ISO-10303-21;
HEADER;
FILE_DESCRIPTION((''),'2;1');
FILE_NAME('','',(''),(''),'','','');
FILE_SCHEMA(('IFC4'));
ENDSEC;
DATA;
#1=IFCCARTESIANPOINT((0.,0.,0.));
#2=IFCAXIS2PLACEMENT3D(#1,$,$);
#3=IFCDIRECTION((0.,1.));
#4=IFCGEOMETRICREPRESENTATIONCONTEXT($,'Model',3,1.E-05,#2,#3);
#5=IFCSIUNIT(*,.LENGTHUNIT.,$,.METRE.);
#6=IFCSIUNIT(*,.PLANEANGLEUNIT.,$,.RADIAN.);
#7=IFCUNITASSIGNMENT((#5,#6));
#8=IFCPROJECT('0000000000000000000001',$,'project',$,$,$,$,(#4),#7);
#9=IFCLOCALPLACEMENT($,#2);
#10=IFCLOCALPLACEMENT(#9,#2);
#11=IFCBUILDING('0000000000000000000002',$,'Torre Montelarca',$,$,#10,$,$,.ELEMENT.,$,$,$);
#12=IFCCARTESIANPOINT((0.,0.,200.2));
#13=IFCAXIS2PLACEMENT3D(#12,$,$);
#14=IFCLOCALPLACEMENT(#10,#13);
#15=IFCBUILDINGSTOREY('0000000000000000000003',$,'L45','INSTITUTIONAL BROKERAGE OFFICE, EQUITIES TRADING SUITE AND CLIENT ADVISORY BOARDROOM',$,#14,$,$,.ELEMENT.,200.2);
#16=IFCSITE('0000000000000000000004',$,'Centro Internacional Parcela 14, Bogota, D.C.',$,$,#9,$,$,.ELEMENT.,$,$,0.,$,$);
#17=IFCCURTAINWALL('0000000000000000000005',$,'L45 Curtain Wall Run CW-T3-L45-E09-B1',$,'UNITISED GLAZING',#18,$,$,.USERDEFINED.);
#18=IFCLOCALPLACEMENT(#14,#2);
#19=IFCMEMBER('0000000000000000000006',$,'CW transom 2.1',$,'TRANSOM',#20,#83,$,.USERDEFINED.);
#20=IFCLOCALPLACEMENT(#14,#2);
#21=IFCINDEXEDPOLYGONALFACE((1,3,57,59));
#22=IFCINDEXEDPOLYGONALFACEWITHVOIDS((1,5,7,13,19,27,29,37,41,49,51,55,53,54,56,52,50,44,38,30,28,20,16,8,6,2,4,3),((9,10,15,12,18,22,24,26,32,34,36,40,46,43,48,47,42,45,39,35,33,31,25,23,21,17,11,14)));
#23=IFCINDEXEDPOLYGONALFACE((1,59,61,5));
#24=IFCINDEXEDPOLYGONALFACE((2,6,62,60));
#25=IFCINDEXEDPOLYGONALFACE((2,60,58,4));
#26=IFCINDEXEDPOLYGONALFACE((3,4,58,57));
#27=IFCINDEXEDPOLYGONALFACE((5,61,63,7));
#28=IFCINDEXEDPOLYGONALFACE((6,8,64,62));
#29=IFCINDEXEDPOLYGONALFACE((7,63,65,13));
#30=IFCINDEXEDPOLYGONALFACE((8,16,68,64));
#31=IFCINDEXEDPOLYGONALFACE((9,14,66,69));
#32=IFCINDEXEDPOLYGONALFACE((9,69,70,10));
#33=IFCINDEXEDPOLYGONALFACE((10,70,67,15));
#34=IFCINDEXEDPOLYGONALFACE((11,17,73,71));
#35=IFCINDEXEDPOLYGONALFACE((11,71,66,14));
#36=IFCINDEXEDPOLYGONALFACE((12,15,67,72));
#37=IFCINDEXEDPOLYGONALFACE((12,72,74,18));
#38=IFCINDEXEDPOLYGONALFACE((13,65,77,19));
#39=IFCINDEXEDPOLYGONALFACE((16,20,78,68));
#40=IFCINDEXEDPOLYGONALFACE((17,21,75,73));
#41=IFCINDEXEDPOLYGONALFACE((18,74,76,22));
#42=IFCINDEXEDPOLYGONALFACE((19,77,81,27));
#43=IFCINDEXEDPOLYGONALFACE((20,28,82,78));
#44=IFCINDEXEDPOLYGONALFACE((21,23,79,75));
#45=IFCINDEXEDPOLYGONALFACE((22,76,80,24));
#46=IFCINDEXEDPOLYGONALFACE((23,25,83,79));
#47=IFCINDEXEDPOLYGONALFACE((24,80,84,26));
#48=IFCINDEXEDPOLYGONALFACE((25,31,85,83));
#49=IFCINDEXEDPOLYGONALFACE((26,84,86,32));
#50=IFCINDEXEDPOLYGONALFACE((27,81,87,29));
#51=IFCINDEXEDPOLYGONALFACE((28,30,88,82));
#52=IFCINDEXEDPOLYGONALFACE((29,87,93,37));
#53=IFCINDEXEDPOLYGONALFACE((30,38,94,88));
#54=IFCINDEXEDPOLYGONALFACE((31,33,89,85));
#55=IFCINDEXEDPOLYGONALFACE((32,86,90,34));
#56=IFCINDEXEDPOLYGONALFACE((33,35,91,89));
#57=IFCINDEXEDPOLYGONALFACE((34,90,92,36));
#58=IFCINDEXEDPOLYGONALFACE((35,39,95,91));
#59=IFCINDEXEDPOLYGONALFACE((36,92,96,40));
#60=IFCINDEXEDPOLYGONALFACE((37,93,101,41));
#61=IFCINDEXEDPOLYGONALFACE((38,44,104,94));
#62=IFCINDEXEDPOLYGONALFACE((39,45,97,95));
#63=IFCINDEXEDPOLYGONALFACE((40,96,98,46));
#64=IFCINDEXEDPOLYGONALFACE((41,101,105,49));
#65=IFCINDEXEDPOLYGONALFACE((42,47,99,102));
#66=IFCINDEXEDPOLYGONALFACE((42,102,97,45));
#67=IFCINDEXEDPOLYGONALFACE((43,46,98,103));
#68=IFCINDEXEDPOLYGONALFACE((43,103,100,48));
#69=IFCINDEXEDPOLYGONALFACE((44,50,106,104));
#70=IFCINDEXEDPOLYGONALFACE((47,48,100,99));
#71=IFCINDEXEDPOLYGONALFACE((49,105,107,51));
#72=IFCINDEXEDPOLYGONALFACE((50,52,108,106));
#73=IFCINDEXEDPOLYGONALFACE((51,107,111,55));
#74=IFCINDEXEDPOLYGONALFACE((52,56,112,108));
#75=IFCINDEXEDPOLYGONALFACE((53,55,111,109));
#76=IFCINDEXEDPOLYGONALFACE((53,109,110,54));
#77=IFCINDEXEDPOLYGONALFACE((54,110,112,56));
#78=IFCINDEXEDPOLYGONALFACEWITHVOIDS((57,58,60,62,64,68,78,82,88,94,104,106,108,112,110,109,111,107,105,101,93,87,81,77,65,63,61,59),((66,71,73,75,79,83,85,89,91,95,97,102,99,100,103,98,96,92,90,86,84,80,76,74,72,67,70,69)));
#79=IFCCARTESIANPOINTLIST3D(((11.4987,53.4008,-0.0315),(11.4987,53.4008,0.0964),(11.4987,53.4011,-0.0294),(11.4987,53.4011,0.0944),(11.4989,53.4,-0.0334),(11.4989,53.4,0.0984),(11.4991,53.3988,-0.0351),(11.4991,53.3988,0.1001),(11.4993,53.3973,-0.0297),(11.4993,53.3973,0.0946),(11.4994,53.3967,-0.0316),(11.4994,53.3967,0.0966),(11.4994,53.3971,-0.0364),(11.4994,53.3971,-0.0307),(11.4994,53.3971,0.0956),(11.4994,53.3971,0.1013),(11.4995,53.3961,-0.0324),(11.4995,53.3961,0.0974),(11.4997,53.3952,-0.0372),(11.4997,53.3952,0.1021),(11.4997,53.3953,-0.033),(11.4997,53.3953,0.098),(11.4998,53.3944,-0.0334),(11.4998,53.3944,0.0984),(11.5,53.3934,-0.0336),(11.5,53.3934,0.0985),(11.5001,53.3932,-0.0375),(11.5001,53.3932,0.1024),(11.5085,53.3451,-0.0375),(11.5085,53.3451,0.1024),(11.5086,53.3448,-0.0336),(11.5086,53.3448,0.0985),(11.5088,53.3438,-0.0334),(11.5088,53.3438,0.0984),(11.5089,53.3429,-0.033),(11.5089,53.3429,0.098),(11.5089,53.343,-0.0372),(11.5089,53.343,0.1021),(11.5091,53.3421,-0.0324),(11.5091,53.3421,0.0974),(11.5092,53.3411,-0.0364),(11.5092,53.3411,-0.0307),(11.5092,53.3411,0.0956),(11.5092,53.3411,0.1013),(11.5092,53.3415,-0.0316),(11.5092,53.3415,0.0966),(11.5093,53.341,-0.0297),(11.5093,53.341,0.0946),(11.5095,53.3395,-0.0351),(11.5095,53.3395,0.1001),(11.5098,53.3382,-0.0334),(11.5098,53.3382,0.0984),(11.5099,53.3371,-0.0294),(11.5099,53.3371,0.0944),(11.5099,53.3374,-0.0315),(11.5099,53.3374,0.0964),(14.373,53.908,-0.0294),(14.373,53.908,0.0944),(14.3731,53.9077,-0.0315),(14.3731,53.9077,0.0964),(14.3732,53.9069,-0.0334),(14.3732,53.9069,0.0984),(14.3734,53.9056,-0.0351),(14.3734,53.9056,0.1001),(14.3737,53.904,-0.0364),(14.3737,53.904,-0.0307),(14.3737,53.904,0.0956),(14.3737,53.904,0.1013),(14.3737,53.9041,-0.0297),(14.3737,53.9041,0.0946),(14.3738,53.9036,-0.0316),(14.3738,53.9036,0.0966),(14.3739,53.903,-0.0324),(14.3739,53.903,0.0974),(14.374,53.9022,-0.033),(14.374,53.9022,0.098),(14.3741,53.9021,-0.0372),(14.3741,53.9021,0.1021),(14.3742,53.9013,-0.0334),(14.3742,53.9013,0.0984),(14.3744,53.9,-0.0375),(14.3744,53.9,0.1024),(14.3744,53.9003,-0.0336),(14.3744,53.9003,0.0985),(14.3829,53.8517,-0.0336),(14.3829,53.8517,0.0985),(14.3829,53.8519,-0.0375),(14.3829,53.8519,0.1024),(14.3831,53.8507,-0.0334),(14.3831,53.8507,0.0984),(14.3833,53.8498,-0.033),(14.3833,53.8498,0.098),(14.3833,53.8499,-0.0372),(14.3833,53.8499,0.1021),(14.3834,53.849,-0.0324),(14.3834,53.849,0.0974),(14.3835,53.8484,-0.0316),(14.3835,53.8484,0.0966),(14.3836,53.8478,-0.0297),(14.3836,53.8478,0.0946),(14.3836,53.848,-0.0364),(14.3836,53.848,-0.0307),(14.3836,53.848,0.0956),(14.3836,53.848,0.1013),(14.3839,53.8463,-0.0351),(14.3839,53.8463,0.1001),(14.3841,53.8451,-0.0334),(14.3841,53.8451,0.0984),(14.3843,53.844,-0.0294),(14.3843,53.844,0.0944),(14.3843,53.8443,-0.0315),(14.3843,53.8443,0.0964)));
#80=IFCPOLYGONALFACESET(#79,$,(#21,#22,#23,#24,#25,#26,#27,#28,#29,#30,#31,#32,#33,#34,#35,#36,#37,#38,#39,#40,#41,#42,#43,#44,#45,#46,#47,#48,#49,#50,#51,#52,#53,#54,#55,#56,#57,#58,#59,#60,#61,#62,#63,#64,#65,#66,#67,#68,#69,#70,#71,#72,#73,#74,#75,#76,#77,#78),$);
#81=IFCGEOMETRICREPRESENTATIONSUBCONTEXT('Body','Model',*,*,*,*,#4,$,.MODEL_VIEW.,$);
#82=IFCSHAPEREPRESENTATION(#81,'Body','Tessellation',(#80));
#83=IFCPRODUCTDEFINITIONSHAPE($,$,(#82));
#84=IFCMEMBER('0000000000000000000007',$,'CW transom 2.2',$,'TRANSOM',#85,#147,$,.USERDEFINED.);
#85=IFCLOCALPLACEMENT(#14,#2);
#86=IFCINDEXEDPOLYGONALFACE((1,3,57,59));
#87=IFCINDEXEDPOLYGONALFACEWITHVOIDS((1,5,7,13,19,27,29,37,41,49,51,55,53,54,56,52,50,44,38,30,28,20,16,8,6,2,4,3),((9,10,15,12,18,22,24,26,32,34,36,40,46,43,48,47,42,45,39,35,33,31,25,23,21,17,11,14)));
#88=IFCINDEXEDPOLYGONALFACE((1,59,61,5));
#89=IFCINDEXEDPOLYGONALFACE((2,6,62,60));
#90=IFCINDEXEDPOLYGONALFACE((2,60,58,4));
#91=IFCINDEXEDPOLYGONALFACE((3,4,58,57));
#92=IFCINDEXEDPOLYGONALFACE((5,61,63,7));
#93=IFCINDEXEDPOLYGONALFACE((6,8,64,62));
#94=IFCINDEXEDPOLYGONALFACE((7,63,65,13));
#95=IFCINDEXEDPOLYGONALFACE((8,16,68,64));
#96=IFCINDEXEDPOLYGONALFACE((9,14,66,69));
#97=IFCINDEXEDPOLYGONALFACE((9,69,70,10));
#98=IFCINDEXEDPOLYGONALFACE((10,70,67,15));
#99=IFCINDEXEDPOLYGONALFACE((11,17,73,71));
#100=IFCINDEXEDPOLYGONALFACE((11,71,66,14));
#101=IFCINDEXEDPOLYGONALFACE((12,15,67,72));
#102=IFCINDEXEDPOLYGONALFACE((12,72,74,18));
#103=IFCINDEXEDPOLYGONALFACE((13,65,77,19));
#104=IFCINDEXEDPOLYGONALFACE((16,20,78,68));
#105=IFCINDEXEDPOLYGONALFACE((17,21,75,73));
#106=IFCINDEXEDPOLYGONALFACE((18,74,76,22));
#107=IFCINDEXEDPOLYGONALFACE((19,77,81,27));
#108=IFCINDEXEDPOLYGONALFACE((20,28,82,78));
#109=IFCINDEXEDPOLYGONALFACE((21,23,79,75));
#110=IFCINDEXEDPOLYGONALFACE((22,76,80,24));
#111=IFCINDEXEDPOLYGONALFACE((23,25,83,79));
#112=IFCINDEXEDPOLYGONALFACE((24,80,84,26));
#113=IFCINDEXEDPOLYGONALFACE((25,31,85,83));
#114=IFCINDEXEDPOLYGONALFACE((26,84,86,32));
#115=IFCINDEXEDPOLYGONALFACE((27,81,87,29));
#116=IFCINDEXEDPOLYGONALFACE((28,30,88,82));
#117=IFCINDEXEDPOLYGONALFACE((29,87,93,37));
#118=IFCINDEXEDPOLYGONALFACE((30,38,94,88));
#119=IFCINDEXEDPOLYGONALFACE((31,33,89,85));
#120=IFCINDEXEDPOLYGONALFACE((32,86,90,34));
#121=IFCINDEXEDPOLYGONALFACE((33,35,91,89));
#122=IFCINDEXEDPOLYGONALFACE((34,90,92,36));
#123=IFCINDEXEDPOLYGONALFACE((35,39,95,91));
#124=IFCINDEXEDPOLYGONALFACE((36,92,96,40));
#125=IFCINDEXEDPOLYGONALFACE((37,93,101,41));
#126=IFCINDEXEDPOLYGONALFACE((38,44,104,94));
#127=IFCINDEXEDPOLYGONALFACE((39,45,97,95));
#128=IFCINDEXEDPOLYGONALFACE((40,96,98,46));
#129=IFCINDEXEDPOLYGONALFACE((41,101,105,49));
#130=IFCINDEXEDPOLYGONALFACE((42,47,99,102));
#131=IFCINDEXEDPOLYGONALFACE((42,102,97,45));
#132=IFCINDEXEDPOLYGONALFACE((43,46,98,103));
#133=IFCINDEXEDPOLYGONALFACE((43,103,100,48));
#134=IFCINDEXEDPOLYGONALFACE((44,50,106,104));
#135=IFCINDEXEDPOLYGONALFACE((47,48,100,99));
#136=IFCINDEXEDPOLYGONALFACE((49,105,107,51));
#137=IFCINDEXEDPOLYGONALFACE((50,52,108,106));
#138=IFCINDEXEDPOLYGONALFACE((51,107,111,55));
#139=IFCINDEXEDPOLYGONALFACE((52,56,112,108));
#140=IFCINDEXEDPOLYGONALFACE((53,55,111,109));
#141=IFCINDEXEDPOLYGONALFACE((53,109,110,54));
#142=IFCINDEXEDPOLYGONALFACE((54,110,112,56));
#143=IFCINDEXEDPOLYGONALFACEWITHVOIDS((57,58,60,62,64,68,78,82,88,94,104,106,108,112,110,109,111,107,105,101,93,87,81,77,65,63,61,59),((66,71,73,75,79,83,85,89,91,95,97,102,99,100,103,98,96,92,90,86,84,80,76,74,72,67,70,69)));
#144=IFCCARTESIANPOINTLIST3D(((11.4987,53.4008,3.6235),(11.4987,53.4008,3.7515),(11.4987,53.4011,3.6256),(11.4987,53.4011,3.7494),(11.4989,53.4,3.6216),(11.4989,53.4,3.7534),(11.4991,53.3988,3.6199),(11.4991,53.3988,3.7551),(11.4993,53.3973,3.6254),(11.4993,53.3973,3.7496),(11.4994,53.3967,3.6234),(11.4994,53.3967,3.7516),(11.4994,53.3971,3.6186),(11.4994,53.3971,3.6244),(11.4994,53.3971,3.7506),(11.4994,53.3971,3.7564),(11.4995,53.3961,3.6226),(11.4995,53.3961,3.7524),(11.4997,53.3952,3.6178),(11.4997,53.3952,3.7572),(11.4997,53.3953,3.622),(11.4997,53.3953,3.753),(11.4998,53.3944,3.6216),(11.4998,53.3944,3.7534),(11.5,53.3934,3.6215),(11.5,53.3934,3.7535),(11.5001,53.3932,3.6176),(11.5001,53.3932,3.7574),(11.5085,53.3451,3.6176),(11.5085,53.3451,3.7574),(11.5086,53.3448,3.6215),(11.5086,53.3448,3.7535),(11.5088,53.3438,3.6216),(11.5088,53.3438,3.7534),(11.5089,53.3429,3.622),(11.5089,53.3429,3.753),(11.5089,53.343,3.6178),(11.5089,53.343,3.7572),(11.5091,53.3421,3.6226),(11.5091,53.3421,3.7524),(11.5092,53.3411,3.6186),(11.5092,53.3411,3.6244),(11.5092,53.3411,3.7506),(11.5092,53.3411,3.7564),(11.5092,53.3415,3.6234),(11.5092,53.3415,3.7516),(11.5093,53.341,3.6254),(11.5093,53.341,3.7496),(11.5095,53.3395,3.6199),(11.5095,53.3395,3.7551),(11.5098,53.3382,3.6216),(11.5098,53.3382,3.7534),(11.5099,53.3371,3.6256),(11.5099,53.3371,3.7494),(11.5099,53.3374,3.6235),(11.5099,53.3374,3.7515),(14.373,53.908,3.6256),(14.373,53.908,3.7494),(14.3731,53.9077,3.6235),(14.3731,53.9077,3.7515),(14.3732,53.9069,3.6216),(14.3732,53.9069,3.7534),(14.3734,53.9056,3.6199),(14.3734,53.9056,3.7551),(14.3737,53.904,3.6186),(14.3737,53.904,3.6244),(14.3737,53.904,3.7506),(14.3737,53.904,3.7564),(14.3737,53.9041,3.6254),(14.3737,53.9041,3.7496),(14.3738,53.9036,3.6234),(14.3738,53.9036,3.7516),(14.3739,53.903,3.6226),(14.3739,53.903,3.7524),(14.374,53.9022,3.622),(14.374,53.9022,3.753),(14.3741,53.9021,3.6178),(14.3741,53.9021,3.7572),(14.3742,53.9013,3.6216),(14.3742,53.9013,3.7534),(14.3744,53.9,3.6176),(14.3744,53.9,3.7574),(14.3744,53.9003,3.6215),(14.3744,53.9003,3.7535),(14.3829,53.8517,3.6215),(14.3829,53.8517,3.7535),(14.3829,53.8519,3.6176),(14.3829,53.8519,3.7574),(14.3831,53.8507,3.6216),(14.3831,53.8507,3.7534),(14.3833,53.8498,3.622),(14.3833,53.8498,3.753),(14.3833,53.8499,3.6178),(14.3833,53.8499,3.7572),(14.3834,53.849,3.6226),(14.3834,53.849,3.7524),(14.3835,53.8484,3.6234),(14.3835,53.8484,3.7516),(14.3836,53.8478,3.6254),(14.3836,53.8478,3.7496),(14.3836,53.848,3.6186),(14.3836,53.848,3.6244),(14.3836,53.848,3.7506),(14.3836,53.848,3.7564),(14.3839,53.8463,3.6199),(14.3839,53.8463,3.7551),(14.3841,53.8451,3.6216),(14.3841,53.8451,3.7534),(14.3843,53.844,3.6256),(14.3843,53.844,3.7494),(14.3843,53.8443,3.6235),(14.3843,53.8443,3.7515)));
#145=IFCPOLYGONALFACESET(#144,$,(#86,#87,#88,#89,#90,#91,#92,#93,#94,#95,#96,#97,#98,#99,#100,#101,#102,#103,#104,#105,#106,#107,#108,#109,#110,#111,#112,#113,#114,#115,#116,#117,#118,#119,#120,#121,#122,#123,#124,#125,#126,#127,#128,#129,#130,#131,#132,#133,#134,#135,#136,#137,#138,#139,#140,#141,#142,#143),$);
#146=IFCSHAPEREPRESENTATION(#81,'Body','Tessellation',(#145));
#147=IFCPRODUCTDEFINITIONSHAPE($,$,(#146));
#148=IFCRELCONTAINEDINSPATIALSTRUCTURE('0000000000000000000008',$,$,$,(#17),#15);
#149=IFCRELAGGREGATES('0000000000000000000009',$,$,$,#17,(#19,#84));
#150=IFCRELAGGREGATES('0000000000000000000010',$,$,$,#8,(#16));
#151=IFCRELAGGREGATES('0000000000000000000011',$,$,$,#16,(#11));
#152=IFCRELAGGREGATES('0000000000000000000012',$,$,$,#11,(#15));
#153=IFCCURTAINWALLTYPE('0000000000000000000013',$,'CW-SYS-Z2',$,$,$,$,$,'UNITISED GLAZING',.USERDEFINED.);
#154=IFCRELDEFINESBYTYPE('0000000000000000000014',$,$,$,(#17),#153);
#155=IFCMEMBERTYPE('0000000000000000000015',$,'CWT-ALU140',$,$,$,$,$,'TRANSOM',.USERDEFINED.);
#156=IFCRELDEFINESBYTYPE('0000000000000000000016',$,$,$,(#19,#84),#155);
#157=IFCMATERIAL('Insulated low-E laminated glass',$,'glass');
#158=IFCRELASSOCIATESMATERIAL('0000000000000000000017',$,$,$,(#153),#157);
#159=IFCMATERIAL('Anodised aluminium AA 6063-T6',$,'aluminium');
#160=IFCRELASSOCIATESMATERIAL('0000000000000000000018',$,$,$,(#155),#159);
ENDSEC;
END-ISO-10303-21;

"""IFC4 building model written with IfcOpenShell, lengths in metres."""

from ifc_helpers import new_model, si_unit, direction, frame, origin, origin_2d, place, context, subcontext, project, spatial, hollow_rectangle, extrude, source, transform, mapped, material, material_profile, profile_set, type_object, element, aggregate, save


model = new_model("IFC4")

# Units and contexts
model_context = context("Model", 3, precision=1e-05, world=origin(), true_north=direction((0.0, 1.0)))
body_context = subcontext(model_context, "Body", "Model", "MODEL_VIEW")
ifc_project = project(units=[si_unit("LENGTHUNIT", "METRE"), si_unit("PLANEANGLEUNIT", "RADIAN")], contexts=[model_context])

# Site, building, storey
site_placement = place(None, origin())
site = spatial("IfcSite", under=ifc_project, at=site_placement, Name="Centro Internacional Parcela 14, Bogota, D.C.", CompositionType="ELEMENT", RefElevation=0.0)
building_placement = place(site_placement, origin())
building = spatial("IfcBuilding", under=site, at=building_placement, Name="Torre Montelarca", CompositionType="ELEMENT")
storey_placement = place(building_placement, frame((0.0, 0.0, 200.2)))
storey = spatial("IfcBuildingStorey", under=building, at=storey_placement, Name="L45", Description="INSTITUTIONAL BROKERAGE OFFICE, EQUITIES TRADING SUITE AND CLIENT ADVISORY BOARDROOM", CompositionType="ELEMENT", Elevation=200.2)

# Curtain wall, members
ifc_material_1 = material(Name="Insulated low-E laminated glass", Category="glass")
curtain_wall_type = type_object("IfcCurtainWallType", Name="CW-SYS-Z2", ElementType="UNITISED GLAZING", PredefinedType="USERDEFINED", material=ifc_material_1)
curtain_wall_1_placement = place(storey_placement, origin())
curtain_wall_1 = element("IfcCurtainWall", 1, at=curtain_wall_1_placement, inside=storey, type_object=curtain_wall_type, Name="L45 Curtain Wall Run CW-T3-L45-E09-B1", ObjectType="UNITISED GLAZING", PredefinedType="USERDEFINED")
ifc_material_2 = material(Name="Anodised aluminium AA 6063-T6", Category="aluminium")
ifc_material_profile_1 = material_profile(ifc_material_2, hollow_rectangle(XDim=0.0649, YDim=0.1399, WallThickness=0.0039, InnerFilletRadius=0.0039, OuterFilletRadius=0.0081, at=origin_2d()), Name="ALU65X140X4", Category="aluminium")
ifc_profile_set_1 = profile_set([ifc_material_profile_1], Name="Anodised aluminium AA 6063-T6")
member_type_1 = type_object("IfcMemberType", Name="CWT-ALU140", ElementType="TRANSOM", PredefinedType="USERDEFINED", material=ifc_profile_set_1)
shared_shape_1 = source(origin(), body_context, "Body", "SweptSolid", [
    extrude(hollow_rectangle(XDim=0.0649, YDim=0.1399, WallThickness=0.0039, InnerFilletRadius=0.0039, OuterFilletRadius=0.0081, at=origin_2d()), origin(), (0.0, 0.0, 1.0), 2.9187),
])
member_1_placement = place(storey_placement, frame((14.3787, 53.876, 0.0325), z_axis=(-0.984806, -0.173656, 0.0), x_axis=(0.173656, -0.984806, 0.0)))
member_1 = element("IfcMember", 2, at=member_1_placement, type_object=member_type_1, Name="CW transom 2.1", ObjectType="TRANSOM", PredefinedType="USERDEFINED", context=body_context, shape_type="MappedRepresentation", body=[
    mapped(shared_shape_1, transform((0.0, 0.0, 0.0), scale=1.0)),
])
member_2_placement = place(storey_placement, frame((14.3787, 53.876, 3.6875), z_axis=(-0.984806, -0.173656, 0.0), x_axis=(0.173656, -0.984806, 0.0)))
member_2 = element("IfcMember", 3, at=member_2_placement, type_object=member_type_1, Name="CW transom 2.2", ObjectType="TRANSOM", PredefinedType="USERDEFINED", context=body_context, shape_type="MappedRepresentation", body=[
    mapped(shared_shape_1, transform((0.0, 0.0, 0.0), scale=1.0)),
])

aggregate(curtain_wall_1, [member_1, member_2])

save(model, "model.ifc")
